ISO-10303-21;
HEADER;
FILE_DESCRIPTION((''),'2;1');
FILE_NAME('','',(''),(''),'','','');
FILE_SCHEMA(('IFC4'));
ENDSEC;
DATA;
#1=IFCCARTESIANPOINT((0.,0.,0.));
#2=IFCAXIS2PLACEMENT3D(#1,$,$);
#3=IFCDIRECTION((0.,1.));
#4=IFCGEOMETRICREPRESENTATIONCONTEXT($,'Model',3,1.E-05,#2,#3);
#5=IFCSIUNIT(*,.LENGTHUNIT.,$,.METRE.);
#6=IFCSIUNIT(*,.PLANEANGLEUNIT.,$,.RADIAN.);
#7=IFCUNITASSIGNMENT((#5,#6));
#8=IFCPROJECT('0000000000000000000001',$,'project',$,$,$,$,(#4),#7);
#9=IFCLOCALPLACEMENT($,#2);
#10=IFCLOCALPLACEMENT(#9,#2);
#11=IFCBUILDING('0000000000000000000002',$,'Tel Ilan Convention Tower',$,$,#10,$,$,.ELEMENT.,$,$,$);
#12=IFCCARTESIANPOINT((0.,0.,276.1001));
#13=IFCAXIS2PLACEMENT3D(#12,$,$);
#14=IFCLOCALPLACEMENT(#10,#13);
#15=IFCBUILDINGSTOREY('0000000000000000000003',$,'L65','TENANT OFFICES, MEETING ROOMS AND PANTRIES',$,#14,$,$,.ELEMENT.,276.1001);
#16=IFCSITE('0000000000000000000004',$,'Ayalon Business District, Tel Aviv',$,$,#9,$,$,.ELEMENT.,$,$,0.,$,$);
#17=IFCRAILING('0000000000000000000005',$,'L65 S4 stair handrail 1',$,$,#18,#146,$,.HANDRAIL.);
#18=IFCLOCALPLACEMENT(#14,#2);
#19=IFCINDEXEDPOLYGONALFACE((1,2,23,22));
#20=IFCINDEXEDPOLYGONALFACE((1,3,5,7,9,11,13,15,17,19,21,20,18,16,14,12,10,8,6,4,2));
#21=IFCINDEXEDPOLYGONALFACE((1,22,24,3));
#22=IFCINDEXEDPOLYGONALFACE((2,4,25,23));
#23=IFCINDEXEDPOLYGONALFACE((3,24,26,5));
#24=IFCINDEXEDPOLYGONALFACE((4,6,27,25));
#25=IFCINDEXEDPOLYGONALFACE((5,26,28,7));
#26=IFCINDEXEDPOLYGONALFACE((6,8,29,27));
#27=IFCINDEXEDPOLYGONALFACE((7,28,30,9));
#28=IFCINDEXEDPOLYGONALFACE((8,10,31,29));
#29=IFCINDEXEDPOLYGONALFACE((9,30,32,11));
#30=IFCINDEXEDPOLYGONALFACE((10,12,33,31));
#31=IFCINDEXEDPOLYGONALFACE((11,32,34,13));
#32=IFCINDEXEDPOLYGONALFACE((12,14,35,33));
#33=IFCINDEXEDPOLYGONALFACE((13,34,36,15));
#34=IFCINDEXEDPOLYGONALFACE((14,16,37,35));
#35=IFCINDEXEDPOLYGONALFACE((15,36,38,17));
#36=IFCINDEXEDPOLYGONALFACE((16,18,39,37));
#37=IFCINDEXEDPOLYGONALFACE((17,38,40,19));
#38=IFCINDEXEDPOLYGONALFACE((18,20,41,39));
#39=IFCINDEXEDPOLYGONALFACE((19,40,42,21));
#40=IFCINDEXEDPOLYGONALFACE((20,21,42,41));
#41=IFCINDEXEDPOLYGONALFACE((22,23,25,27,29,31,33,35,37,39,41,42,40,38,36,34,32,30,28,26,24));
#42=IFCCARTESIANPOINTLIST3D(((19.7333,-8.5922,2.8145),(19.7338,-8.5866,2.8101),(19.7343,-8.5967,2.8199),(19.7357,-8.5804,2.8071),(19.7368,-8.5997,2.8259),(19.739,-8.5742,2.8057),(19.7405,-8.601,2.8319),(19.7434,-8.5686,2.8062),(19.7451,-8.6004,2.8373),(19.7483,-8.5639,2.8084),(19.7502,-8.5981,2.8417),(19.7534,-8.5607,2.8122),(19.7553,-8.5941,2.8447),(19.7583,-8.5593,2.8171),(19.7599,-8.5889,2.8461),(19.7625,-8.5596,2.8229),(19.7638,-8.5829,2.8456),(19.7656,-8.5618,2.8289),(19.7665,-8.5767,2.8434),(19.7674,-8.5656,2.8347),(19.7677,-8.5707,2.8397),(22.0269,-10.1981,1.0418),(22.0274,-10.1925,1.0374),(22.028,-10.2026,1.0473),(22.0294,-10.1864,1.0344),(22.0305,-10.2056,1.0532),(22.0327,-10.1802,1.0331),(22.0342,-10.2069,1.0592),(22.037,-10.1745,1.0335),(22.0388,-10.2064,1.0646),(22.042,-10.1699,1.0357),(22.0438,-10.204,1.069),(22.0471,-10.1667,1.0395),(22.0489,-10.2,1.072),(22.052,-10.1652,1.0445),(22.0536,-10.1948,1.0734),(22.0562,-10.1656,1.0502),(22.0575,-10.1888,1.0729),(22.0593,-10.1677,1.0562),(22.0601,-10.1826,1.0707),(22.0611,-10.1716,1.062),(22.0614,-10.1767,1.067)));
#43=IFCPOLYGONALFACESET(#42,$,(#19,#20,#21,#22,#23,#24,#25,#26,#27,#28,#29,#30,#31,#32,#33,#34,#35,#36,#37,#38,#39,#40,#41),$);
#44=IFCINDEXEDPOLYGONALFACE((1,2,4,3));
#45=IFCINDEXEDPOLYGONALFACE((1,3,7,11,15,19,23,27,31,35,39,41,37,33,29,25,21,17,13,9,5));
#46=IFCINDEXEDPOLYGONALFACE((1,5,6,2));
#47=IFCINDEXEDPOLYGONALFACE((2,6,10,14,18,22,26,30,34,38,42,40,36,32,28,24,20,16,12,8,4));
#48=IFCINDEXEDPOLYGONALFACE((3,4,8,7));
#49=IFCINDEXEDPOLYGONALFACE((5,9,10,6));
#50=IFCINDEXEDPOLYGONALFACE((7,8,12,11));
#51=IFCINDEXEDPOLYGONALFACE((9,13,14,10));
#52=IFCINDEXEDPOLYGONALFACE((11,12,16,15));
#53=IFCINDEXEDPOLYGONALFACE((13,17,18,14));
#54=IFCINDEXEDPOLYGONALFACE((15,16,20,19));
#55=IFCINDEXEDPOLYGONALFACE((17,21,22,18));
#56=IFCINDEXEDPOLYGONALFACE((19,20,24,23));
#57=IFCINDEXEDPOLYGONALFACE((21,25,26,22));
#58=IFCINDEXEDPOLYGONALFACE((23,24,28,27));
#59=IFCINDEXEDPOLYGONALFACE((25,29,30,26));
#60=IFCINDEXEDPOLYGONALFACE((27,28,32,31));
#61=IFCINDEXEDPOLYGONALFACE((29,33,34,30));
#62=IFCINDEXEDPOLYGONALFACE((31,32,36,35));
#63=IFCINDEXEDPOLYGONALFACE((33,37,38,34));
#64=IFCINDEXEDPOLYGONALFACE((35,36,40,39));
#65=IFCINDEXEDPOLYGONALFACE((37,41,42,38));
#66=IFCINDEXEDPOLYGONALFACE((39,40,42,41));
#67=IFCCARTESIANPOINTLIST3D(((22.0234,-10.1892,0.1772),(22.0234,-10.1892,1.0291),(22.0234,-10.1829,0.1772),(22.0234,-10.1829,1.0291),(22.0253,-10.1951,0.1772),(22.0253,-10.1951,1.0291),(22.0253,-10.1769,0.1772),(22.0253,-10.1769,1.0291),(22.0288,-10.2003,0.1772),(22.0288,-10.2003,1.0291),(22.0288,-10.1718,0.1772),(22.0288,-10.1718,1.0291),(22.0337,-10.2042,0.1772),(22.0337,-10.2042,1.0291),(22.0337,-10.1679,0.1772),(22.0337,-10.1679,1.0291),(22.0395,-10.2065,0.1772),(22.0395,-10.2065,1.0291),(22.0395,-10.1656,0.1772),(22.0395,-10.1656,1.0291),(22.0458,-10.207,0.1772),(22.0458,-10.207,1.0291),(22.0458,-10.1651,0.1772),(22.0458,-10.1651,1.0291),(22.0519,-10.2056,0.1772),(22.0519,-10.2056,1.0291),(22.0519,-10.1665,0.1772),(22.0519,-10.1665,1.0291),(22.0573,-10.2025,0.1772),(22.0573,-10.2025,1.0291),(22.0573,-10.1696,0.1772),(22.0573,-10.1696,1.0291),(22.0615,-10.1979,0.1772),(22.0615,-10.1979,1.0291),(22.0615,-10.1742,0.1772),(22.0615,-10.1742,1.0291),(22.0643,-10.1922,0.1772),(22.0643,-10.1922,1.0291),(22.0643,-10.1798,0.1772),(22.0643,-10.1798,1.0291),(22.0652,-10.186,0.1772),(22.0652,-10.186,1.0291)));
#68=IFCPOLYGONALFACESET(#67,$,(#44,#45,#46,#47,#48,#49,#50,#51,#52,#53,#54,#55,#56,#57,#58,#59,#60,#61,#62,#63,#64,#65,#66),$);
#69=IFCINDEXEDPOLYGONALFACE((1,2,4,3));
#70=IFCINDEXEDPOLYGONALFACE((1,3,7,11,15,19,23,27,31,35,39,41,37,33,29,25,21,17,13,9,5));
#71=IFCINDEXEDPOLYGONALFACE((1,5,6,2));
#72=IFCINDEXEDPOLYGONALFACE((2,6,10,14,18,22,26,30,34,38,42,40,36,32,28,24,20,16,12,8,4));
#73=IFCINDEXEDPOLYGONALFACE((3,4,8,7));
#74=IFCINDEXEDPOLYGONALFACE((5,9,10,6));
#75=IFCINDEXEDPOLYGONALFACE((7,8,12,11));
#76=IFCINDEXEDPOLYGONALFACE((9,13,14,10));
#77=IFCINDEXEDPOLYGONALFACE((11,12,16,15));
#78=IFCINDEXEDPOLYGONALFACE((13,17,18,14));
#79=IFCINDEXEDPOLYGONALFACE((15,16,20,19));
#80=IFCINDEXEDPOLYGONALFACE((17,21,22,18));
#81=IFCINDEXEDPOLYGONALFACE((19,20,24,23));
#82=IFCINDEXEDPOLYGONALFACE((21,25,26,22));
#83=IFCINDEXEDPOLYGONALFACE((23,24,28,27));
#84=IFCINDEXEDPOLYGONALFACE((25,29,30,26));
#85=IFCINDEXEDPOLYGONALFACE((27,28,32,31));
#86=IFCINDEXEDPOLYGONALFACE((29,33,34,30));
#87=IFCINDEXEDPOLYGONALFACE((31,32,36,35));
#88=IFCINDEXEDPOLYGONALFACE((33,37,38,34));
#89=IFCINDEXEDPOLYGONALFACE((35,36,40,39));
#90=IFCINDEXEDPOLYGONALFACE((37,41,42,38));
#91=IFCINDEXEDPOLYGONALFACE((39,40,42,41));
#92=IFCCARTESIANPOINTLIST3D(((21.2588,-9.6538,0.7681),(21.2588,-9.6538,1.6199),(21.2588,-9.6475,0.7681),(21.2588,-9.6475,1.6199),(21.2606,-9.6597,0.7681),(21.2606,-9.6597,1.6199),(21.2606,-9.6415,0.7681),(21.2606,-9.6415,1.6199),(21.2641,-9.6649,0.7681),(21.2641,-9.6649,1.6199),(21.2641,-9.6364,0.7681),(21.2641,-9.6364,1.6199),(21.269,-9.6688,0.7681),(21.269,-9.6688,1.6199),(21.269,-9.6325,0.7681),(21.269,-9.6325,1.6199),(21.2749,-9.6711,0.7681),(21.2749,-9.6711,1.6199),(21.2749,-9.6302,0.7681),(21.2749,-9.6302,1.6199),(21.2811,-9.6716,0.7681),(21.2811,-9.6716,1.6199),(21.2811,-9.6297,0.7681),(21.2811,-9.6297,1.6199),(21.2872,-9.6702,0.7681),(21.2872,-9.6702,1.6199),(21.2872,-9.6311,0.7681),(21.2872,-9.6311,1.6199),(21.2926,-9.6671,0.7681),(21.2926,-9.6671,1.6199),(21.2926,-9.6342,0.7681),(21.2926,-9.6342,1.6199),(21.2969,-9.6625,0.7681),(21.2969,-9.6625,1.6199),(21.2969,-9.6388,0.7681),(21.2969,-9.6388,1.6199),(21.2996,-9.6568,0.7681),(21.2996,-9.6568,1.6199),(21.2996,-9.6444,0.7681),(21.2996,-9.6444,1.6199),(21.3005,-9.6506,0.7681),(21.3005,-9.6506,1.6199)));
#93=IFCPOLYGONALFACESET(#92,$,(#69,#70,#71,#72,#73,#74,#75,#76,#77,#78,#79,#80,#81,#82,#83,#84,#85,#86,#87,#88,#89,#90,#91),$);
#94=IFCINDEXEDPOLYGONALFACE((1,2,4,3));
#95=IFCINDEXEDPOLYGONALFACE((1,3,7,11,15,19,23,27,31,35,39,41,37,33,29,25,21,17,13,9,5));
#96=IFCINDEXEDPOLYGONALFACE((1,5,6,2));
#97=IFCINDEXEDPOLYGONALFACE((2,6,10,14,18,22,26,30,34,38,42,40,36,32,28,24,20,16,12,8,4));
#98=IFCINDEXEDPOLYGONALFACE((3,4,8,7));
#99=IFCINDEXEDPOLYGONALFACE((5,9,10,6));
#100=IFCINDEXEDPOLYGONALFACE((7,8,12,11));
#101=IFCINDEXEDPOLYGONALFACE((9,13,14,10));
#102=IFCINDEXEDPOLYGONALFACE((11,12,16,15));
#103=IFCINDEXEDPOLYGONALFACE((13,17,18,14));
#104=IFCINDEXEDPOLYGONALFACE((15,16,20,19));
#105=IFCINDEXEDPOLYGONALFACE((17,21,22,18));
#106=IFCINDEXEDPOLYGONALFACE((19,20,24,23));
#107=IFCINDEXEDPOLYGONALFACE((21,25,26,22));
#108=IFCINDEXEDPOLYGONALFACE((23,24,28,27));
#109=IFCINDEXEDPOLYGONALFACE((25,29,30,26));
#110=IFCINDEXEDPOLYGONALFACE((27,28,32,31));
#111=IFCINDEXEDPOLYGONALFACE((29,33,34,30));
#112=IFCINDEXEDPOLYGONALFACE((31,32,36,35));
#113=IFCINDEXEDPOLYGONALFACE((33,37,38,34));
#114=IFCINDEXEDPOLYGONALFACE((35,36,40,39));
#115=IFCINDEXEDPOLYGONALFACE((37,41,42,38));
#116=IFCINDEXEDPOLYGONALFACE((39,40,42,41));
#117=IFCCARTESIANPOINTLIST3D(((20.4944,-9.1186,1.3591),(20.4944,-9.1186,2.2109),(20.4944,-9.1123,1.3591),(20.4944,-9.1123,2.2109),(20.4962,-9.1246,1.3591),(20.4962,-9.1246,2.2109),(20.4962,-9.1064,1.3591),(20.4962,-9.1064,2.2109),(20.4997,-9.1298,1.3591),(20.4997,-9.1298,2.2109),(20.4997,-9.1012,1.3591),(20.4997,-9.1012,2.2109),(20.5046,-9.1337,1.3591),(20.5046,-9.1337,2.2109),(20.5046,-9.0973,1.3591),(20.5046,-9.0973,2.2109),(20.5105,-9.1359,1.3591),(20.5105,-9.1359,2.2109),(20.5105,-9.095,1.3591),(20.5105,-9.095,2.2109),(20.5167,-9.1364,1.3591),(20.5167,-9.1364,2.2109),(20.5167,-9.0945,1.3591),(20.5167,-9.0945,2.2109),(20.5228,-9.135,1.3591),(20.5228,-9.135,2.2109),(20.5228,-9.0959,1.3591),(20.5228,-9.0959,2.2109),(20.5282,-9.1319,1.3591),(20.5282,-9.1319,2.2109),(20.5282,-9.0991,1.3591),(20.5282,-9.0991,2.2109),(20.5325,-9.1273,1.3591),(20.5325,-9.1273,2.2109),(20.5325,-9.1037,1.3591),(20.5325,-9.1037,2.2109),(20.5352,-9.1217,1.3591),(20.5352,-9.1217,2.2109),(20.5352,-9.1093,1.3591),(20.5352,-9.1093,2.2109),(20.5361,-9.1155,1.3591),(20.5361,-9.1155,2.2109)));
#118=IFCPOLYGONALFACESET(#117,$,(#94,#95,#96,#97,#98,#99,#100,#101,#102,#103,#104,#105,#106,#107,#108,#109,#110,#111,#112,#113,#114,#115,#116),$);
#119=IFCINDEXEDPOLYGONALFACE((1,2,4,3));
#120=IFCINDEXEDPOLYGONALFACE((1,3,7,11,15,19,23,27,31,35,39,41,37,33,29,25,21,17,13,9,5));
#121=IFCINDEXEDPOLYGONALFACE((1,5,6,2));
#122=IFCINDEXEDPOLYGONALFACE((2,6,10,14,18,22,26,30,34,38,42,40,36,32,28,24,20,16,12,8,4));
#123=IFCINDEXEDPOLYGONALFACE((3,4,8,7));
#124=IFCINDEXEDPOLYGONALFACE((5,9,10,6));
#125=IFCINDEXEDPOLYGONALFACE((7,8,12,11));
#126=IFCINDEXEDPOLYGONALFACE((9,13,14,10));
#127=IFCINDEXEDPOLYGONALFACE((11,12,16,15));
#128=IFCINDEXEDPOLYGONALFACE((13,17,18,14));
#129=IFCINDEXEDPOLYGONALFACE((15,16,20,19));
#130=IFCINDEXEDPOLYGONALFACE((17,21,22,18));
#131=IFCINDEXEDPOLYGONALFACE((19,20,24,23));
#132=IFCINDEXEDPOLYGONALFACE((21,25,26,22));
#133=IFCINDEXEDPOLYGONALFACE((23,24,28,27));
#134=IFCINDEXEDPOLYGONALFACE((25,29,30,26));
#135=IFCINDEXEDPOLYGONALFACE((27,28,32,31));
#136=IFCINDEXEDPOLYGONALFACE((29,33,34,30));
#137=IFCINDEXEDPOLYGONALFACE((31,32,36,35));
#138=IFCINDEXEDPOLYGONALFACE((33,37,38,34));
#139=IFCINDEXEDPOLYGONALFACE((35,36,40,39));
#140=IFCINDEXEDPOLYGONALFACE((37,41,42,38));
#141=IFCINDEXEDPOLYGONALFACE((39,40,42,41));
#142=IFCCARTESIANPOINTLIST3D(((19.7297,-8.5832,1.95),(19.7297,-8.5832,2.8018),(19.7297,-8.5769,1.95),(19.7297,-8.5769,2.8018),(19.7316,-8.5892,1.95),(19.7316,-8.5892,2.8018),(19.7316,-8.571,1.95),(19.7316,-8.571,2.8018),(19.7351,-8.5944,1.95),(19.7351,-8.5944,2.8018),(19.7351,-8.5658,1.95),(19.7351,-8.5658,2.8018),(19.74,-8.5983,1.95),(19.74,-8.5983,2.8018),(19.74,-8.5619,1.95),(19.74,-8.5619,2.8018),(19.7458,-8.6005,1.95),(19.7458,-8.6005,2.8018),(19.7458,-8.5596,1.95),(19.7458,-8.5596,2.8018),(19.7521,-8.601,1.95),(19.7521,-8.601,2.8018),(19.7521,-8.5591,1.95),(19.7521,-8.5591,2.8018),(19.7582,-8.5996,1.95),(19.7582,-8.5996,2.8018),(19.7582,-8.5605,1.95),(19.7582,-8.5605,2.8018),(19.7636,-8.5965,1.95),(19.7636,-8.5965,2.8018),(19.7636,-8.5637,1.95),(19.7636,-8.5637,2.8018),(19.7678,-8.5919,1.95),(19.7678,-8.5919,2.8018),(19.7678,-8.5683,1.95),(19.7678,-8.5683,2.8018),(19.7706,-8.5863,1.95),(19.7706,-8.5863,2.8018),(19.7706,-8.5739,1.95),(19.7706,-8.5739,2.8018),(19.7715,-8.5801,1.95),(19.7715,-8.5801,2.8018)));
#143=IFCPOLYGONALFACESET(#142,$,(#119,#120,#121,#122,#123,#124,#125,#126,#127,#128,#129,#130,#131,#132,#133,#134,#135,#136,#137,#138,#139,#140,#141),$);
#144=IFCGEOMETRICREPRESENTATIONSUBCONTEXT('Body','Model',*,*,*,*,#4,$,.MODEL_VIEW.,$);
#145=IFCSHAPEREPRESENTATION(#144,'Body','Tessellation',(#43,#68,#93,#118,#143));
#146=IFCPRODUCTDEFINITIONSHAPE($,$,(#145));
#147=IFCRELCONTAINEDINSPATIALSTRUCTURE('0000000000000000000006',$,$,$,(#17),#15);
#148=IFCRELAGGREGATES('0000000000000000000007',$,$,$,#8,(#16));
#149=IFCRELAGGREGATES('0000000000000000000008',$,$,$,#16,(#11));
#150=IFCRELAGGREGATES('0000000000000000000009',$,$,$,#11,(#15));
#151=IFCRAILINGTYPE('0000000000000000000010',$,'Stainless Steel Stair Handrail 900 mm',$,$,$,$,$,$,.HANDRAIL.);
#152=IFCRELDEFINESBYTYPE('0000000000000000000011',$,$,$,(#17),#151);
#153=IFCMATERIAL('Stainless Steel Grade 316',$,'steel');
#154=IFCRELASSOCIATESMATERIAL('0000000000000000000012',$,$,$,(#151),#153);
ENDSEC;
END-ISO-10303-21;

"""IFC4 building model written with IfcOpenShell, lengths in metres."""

from ifc_helpers import new_model, si_unit, direction, frame, origin, origin_2d, place, context, subcontext, project, spatial, circle, extrude, material, type_object, element, save


model = new_model("IFC4")

# Units and contexts
model_context = context("Model", 3, precision=1e-05, world=origin(), true_north=direction((0.0, 1.0)))
body_context = subcontext(model_context, "Body", "Model", "MODEL_VIEW")
ifc_project = project(units=[si_unit("LENGTHUNIT", "METRE"), si_unit("PLANEANGLEUNIT", "RADIAN")], contexts=[model_context])

# Site, building, storey
site_placement = place(None, origin())
site = spatial("IfcSite", under=ifc_project, at=site_placement, Name="Ayalon Business District, Tel Aviv", CompositionType="ELEMENT", RefElevation=0.0)
building_placement = place(site_placement, origin())
building = spatial("IfcBuilding", under=site, at=building_placement, Name="Tel Ilan Convention Tower", CompositionType="ELEMENT")
storey_placement = place(building_placement, frame((0.0, 0.0, 276.1001)))
storey = spatial("IfcBuildingStorey", under=building, at=storey_placement, Name="L65", Description="TENANT OFFICES, MEETING ROOMS AND PANTRIES", CompositionType="ELEMENT", Elevation=276.1001)

# Railing
ifc_material_1 = material(Name="Stainless Steel Grade 316", Category="steel")
railing_type_1 = type_object("IfcRailingType", Name="Stainless Steel Stair Handrail 900 mm", PredefinedType="HANDRAIL", material=ifc_material_1)
for number, where, name in (
    (1, (22.0442, -10.186, 0.1772), "L65 S4 stair handrail 1"),
):
    element("IfcRailing", number, at=place(storey_placement, frame(where)), inside=storey, type_object=railing_type_1, Name=name, PredefinedType="HANDRAIL", context=body_context, shape_type="SweptSolid", body=[
        extrude(circle(Radius=0.0239, at=origin_2d()), frame((0.0, 0.0, 0.876), z_axis=(-0.692123, 0.484597, 0.534913), x_axis=(-0.57355, -0.81917, 0.0)), (0.0, 0.0, 1.0), 3.314),
        extrude(circle(Radius=0.021, at=origin_2d()), origin(), (0.0, 0.0, 1.0), 0.8518),
        extrude(circle(Radius=0.021, at=origin_2d()), frame((-0.7646, 0.5354, 0.5908)), (0.0, 0.0, 1.0), 0.8518),
        extrude(circle(Radius=0.021, at=origin_2d()), frame((-1.5291, 1.0706, 1.1819)), (0.0, 0.0, 1.0), 0.8518),
        extrude(circle(Radius=0.021, at=origin_2d()), frame((-2.2937, 1.606, 1.7727)), (0.0, 0.0, 1.0), 0.8518),
    ])

save(model, "model.ifc")
